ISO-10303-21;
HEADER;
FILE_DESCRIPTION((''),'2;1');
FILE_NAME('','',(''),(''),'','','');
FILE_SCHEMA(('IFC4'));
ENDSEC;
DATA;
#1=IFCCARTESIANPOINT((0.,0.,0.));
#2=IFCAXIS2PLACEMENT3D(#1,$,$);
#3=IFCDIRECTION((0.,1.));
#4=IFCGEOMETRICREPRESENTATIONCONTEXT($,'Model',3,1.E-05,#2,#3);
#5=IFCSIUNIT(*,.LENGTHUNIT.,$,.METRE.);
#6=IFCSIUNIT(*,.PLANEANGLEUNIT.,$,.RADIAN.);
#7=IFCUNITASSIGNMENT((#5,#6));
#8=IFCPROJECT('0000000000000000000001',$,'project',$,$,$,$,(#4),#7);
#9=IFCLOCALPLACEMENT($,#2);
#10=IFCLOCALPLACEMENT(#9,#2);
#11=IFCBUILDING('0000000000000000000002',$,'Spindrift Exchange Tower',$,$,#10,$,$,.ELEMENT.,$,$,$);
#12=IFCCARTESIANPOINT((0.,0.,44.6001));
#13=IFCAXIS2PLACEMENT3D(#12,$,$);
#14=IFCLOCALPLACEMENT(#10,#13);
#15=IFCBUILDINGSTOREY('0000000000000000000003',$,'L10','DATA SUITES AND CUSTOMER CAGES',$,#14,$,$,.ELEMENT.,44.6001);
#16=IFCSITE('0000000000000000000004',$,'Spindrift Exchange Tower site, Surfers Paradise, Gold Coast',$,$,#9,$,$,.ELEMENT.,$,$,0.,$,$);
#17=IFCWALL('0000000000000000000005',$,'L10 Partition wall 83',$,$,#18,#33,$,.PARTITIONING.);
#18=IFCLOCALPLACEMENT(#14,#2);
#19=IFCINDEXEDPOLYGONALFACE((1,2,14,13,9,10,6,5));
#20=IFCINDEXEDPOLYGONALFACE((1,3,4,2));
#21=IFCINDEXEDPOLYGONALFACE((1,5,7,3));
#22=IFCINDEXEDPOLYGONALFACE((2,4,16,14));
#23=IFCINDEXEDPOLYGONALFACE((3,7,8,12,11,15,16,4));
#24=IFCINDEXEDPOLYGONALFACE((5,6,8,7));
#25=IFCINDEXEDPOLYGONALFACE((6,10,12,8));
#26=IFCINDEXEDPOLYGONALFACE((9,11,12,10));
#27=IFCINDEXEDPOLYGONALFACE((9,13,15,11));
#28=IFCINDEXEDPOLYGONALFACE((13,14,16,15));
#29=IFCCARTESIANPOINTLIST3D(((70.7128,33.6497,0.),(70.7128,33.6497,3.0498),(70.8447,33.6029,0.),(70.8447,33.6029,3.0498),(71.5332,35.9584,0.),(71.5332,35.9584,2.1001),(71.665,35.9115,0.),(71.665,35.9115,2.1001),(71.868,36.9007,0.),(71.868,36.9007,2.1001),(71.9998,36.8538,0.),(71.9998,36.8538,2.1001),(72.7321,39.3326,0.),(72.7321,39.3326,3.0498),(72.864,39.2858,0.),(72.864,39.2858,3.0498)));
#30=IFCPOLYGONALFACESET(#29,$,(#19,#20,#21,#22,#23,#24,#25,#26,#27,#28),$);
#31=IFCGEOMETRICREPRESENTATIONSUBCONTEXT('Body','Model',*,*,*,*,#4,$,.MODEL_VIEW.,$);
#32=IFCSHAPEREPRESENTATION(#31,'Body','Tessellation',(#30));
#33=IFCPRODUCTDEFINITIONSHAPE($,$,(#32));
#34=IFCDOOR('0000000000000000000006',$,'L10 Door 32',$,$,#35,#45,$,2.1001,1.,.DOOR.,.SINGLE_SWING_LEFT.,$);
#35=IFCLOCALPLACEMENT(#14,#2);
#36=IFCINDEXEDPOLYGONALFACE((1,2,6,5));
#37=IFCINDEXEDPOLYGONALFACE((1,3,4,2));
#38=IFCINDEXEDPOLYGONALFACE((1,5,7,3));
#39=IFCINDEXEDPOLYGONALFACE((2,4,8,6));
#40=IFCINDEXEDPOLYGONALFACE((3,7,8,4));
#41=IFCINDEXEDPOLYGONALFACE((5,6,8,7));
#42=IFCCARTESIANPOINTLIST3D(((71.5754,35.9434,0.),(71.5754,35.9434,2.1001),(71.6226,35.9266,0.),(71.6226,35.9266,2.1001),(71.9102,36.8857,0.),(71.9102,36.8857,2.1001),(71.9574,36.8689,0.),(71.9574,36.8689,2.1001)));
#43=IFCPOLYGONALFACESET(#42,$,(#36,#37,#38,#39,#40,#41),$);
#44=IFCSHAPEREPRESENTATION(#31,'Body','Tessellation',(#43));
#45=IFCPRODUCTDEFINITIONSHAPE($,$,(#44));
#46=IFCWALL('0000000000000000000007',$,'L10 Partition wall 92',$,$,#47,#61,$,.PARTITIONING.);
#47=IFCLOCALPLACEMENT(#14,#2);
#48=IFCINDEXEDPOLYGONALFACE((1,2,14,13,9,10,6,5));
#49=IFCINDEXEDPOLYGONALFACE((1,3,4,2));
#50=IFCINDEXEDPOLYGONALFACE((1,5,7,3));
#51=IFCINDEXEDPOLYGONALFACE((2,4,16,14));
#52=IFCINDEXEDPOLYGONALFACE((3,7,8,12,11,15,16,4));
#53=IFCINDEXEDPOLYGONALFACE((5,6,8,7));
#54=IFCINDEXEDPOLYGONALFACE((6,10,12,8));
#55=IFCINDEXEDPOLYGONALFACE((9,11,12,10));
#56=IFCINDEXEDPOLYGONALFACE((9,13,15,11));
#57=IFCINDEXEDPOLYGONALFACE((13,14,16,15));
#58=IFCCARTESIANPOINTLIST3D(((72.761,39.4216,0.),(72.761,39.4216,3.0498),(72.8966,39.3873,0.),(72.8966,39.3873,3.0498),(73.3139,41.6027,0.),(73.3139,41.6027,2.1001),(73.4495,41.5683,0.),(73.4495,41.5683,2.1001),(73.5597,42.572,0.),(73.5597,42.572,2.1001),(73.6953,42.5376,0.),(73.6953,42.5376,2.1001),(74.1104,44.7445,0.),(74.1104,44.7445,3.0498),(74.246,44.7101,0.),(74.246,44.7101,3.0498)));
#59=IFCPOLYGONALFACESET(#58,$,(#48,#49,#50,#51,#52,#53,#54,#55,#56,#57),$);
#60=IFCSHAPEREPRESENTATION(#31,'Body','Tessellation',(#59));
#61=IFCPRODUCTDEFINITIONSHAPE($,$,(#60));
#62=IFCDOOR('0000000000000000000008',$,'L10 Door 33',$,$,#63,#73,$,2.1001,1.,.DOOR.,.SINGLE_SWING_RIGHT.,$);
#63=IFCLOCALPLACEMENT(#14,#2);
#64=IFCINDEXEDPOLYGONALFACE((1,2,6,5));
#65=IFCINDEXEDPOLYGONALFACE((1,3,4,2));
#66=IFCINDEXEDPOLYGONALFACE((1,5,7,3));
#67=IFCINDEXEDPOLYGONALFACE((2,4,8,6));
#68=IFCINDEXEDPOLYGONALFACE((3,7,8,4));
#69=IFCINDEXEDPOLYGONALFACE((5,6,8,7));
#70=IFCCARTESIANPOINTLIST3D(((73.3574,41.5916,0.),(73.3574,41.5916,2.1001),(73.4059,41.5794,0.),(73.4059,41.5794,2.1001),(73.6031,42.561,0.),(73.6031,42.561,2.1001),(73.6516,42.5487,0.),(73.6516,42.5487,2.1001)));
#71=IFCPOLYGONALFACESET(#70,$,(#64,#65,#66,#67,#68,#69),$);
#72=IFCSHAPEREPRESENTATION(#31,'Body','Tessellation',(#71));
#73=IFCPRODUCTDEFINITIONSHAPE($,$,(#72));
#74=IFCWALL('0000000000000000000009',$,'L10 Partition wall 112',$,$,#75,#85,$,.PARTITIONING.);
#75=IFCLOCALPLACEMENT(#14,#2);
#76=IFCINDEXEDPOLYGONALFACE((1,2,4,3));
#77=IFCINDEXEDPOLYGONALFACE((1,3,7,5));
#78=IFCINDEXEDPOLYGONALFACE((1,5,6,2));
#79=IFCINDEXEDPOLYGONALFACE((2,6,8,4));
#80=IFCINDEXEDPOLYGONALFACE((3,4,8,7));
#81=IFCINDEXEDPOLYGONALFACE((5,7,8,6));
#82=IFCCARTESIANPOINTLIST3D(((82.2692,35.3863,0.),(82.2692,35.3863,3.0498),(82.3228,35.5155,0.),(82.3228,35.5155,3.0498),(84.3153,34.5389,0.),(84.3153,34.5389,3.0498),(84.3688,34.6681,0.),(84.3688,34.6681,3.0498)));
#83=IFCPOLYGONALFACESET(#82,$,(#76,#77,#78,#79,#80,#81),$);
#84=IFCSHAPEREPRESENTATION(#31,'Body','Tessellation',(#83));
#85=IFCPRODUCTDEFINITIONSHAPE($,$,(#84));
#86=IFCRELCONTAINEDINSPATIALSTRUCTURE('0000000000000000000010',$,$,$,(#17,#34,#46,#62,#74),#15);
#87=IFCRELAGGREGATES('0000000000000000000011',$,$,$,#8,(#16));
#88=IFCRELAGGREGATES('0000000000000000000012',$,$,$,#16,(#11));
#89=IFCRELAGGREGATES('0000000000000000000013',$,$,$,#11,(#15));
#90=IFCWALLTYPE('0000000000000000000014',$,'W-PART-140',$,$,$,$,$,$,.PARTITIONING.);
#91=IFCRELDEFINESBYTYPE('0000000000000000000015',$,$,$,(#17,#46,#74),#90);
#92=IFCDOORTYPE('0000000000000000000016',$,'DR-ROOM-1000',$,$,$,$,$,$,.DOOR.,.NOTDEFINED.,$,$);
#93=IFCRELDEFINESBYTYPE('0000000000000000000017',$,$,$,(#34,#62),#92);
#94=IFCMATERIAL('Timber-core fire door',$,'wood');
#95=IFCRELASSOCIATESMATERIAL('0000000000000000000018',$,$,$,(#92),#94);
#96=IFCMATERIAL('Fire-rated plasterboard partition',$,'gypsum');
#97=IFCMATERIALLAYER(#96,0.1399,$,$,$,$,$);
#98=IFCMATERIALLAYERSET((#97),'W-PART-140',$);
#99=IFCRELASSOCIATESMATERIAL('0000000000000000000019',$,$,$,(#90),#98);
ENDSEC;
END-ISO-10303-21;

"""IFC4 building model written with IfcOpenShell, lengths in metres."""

from ifc_helpers import new_model, si_unit, direction, frame, frame_2d, origin, place, context, subcontext, project, spatial, rectangle, extrude, source, transform, mapped, material, layer, layer_set, type_object, element, fill, save


model = new_model("IFC4")

# Units and contexts
model_context = context("Model", 3, precision=1e-05, world=origin(), true_north=direction((0.0, 1.0)))
body_context = subcontext(model_context, "Body", "Model", "MODEL_VIEW")
ifc_project = project(units=[si_unit("LENGTHUNIT", "METRE"), si_unit("PLANEANGLEUNIT", "RADIAN")], contexts=[model_context])

# Site, building, storey
site_placement = place(None, origin())
site = spatial("IfcSite", under=ifc_project, at=site_placement, Name="Spindrift Exchange Tower site, Surfers Paradise, Gold Coast", CompositionType="ELEMENT", RefElevation=0.0)
building_placement = place(site_placement, origin())
building = spatial("IfcBuilding", under=site, at=building_placement, Name="Spindrift Exchange Tower", CompositionType="ELEMENT")
storey_placement = place(building_placement, frame((0.0, 0.0, 44.6001)))
storey = spatial("IfcBuildingStorey", under=building, at=storey_placement, Name="L10", Description="DATA SUITES AND CUSTOMER CAGES", CompositionType="ELEMENT", Elevation=44.6001)

# Shared definitions
ifc_material_1 = material(Name="Fire-rated plasterboard partition", Category="gypsum")
ifc_material_2 = material(Name="Timber-core fire door", Category="wood")
door_type_1 = type_object("IfcDoorType", Name="DR-ROOM-1000", OperationType="NOTDEFINED", PredefinedType="DOOR", material=ifc_material_2)
shared_shape_1 = source(origin(), body_context, "Body", "SweptSolid", [
    extrude(rectangle(XDim=1.0, YDim=2.1001, at=frame_2d((0.5, 1.05))), frame((0.0, 0.0249, 0.0), z_axis=(0.0, -1.0, 0.0), x_axis=(1.0, 0.0, 0.0)), (0.0, 0.0, 1.0), 0.05),
])

# Shared definitions
ifc_layer_1 = layer(ifc_material_1, 0.1399)
ifc_layer_set_1 = layer_set([ifc_layer_1], Name="W-PART-140")
wall_type_1 = type_object("IfcWallType", Name="W-PART-140", PredefinedType="PARTITIONING", material=ifc_layer_set_1)

# Walls, openings, doors
wall_1_placement = place(storey_placement, frame((72.7981, 39.3093, 0.0), z_axis=(0.0, 0.0, 1.0), x_axis=(-0.33482, -0.942282, 0.0)))
wall_1 = element("IfcWall", 1, at=wall_1_placement, inside=storey, type_object=wall_type_1, Name="L10 Partition wall 83", PredefinedType="PARTITIONING", context=body_context, shape_type="SweptSolid", body=[
    extrude(rectangle(XDim=6.031, YDim=0.1399, at=frame_2d((3.0156, 0.0))), origin(), (0.0, 0.0, 1.0), 3.0498),
])
opening_1_placement = place(wall_1_placement, frame((2.5811, 0.0, 0.0)))
opening_1 = element("IfcOpeningElement", 2, at=opening_1_placement, cuts=wall_1, PredefinedType="OPENING", context=body_context, shape_type="SweptSolid", body=[
    extrude(rectangle(XDim=1.0, YDim=2.1001, at=frame_2d((0.5, 1.05))), frame((0.0, 0.0798, 0.0), z_axis=(0.0, -1.0, 0.0), x_axis=(1.0, 0.0, 0.0)), (0.0, 0.0, 1.0), 0.1599),
])
door_1_placement = place(opening_1_placement, origin())
door_1 = element("IfcDoor", 3, at=door_1_placement, inside=storey, type_object=door_type_1, Name="L10 Door 32", OperationType="SINGLE_SWING_LEFT", OverallHeight=2.1001, OverallWidth=1.0, PredefinedType="DOOR", context=body_context, shape_type="MappedRepresentation", body=[
    mapped(shared_shape_1, transform((0.0, 0.0, 0.0), scale=1.0)),
])
fill(opening_1, door_1)
wall_2_placement = place(storey_placement, frame((74.1782, 44.7273, 0.0), z_axis=(0.0, 0.0, 1.0), x_axis=(-0.245735, -0.969337, 0.0)))
wall_2 = element("IfcWall", 4, at=wall_2_placement, inside=storey, type_object=wall_type_1, Name="L10 Partition wall 92", PredefinedType="PARTITIONING", context=body_context, shape_type="SweptSolid", body=[
    extrude(rectangle(XDim=5.4912, YDim=0.1399, at=frame_2d((2.7456, 0.0))), origin(), (0.0, 0.0, 1.0), 3.0498),
])
opening_2_placement = place(wall_2_placement, frame((2.2412, 0.0, 0.0)))
opening_2 = element("IfcOpeningElement", 5, at=opening_2_placement, cuts=wall_2, PredefinedType="OPENING", context=body_context, shape_type="SweptSolid", body=[
    extrude(rectangle(XDim=1.0, YDim=2.1001, at=frame_2d((0.5, 1.05))), frame((0.0, 0.0798, 0.0), z_axis=(0.0, -1.0, 0.0), x_axis=(1.0, 0.0, 0.0)), (0.0, 0.0, 1.0), 0.1599),
])
door_2_placement = place(opening_2_placement, origin())
door_2 = element("IfcDoor", 6, at=door_2_placement, inside=storey, type_object=door_type_1, Name="L10 Door 33", OperationType="SINGLE_SWING_RIGHT", OverallHeight=2.1001, OverallWidth=1.0, PredefinedType="DOOR", context=body_context, shape_type="MappedRepresentation", body=[
    mapped(shared_shape_1, transform((0.0, 0.0, 0.0), scale=1.0)),
])
fill(opening_2, door_2)

# Wall
wall_3_placement = place(storey_placement, frame((82.2959, 35.4509, 0.0), z_axis=(0.0, 0.0, 1.0), x_axis=(0.9239, -0.382634, 0.0)))
element("IfcWall", 7, at=wall_3_placement, inside=storey, type_object=wall_type_1, Name="L10 Partition wall 112", PredefinedType="PARTITIONING", context=body_context, shape_type="SweptSolid", body=[
    extrude(rectangle(XDim=2.2146, YDim=0.1399, at=frame_2d((1.1074, 0.0))), origin(), (0.0, 0.0, 1.0), 3.0498),
])

save(model, "model.ifc")
